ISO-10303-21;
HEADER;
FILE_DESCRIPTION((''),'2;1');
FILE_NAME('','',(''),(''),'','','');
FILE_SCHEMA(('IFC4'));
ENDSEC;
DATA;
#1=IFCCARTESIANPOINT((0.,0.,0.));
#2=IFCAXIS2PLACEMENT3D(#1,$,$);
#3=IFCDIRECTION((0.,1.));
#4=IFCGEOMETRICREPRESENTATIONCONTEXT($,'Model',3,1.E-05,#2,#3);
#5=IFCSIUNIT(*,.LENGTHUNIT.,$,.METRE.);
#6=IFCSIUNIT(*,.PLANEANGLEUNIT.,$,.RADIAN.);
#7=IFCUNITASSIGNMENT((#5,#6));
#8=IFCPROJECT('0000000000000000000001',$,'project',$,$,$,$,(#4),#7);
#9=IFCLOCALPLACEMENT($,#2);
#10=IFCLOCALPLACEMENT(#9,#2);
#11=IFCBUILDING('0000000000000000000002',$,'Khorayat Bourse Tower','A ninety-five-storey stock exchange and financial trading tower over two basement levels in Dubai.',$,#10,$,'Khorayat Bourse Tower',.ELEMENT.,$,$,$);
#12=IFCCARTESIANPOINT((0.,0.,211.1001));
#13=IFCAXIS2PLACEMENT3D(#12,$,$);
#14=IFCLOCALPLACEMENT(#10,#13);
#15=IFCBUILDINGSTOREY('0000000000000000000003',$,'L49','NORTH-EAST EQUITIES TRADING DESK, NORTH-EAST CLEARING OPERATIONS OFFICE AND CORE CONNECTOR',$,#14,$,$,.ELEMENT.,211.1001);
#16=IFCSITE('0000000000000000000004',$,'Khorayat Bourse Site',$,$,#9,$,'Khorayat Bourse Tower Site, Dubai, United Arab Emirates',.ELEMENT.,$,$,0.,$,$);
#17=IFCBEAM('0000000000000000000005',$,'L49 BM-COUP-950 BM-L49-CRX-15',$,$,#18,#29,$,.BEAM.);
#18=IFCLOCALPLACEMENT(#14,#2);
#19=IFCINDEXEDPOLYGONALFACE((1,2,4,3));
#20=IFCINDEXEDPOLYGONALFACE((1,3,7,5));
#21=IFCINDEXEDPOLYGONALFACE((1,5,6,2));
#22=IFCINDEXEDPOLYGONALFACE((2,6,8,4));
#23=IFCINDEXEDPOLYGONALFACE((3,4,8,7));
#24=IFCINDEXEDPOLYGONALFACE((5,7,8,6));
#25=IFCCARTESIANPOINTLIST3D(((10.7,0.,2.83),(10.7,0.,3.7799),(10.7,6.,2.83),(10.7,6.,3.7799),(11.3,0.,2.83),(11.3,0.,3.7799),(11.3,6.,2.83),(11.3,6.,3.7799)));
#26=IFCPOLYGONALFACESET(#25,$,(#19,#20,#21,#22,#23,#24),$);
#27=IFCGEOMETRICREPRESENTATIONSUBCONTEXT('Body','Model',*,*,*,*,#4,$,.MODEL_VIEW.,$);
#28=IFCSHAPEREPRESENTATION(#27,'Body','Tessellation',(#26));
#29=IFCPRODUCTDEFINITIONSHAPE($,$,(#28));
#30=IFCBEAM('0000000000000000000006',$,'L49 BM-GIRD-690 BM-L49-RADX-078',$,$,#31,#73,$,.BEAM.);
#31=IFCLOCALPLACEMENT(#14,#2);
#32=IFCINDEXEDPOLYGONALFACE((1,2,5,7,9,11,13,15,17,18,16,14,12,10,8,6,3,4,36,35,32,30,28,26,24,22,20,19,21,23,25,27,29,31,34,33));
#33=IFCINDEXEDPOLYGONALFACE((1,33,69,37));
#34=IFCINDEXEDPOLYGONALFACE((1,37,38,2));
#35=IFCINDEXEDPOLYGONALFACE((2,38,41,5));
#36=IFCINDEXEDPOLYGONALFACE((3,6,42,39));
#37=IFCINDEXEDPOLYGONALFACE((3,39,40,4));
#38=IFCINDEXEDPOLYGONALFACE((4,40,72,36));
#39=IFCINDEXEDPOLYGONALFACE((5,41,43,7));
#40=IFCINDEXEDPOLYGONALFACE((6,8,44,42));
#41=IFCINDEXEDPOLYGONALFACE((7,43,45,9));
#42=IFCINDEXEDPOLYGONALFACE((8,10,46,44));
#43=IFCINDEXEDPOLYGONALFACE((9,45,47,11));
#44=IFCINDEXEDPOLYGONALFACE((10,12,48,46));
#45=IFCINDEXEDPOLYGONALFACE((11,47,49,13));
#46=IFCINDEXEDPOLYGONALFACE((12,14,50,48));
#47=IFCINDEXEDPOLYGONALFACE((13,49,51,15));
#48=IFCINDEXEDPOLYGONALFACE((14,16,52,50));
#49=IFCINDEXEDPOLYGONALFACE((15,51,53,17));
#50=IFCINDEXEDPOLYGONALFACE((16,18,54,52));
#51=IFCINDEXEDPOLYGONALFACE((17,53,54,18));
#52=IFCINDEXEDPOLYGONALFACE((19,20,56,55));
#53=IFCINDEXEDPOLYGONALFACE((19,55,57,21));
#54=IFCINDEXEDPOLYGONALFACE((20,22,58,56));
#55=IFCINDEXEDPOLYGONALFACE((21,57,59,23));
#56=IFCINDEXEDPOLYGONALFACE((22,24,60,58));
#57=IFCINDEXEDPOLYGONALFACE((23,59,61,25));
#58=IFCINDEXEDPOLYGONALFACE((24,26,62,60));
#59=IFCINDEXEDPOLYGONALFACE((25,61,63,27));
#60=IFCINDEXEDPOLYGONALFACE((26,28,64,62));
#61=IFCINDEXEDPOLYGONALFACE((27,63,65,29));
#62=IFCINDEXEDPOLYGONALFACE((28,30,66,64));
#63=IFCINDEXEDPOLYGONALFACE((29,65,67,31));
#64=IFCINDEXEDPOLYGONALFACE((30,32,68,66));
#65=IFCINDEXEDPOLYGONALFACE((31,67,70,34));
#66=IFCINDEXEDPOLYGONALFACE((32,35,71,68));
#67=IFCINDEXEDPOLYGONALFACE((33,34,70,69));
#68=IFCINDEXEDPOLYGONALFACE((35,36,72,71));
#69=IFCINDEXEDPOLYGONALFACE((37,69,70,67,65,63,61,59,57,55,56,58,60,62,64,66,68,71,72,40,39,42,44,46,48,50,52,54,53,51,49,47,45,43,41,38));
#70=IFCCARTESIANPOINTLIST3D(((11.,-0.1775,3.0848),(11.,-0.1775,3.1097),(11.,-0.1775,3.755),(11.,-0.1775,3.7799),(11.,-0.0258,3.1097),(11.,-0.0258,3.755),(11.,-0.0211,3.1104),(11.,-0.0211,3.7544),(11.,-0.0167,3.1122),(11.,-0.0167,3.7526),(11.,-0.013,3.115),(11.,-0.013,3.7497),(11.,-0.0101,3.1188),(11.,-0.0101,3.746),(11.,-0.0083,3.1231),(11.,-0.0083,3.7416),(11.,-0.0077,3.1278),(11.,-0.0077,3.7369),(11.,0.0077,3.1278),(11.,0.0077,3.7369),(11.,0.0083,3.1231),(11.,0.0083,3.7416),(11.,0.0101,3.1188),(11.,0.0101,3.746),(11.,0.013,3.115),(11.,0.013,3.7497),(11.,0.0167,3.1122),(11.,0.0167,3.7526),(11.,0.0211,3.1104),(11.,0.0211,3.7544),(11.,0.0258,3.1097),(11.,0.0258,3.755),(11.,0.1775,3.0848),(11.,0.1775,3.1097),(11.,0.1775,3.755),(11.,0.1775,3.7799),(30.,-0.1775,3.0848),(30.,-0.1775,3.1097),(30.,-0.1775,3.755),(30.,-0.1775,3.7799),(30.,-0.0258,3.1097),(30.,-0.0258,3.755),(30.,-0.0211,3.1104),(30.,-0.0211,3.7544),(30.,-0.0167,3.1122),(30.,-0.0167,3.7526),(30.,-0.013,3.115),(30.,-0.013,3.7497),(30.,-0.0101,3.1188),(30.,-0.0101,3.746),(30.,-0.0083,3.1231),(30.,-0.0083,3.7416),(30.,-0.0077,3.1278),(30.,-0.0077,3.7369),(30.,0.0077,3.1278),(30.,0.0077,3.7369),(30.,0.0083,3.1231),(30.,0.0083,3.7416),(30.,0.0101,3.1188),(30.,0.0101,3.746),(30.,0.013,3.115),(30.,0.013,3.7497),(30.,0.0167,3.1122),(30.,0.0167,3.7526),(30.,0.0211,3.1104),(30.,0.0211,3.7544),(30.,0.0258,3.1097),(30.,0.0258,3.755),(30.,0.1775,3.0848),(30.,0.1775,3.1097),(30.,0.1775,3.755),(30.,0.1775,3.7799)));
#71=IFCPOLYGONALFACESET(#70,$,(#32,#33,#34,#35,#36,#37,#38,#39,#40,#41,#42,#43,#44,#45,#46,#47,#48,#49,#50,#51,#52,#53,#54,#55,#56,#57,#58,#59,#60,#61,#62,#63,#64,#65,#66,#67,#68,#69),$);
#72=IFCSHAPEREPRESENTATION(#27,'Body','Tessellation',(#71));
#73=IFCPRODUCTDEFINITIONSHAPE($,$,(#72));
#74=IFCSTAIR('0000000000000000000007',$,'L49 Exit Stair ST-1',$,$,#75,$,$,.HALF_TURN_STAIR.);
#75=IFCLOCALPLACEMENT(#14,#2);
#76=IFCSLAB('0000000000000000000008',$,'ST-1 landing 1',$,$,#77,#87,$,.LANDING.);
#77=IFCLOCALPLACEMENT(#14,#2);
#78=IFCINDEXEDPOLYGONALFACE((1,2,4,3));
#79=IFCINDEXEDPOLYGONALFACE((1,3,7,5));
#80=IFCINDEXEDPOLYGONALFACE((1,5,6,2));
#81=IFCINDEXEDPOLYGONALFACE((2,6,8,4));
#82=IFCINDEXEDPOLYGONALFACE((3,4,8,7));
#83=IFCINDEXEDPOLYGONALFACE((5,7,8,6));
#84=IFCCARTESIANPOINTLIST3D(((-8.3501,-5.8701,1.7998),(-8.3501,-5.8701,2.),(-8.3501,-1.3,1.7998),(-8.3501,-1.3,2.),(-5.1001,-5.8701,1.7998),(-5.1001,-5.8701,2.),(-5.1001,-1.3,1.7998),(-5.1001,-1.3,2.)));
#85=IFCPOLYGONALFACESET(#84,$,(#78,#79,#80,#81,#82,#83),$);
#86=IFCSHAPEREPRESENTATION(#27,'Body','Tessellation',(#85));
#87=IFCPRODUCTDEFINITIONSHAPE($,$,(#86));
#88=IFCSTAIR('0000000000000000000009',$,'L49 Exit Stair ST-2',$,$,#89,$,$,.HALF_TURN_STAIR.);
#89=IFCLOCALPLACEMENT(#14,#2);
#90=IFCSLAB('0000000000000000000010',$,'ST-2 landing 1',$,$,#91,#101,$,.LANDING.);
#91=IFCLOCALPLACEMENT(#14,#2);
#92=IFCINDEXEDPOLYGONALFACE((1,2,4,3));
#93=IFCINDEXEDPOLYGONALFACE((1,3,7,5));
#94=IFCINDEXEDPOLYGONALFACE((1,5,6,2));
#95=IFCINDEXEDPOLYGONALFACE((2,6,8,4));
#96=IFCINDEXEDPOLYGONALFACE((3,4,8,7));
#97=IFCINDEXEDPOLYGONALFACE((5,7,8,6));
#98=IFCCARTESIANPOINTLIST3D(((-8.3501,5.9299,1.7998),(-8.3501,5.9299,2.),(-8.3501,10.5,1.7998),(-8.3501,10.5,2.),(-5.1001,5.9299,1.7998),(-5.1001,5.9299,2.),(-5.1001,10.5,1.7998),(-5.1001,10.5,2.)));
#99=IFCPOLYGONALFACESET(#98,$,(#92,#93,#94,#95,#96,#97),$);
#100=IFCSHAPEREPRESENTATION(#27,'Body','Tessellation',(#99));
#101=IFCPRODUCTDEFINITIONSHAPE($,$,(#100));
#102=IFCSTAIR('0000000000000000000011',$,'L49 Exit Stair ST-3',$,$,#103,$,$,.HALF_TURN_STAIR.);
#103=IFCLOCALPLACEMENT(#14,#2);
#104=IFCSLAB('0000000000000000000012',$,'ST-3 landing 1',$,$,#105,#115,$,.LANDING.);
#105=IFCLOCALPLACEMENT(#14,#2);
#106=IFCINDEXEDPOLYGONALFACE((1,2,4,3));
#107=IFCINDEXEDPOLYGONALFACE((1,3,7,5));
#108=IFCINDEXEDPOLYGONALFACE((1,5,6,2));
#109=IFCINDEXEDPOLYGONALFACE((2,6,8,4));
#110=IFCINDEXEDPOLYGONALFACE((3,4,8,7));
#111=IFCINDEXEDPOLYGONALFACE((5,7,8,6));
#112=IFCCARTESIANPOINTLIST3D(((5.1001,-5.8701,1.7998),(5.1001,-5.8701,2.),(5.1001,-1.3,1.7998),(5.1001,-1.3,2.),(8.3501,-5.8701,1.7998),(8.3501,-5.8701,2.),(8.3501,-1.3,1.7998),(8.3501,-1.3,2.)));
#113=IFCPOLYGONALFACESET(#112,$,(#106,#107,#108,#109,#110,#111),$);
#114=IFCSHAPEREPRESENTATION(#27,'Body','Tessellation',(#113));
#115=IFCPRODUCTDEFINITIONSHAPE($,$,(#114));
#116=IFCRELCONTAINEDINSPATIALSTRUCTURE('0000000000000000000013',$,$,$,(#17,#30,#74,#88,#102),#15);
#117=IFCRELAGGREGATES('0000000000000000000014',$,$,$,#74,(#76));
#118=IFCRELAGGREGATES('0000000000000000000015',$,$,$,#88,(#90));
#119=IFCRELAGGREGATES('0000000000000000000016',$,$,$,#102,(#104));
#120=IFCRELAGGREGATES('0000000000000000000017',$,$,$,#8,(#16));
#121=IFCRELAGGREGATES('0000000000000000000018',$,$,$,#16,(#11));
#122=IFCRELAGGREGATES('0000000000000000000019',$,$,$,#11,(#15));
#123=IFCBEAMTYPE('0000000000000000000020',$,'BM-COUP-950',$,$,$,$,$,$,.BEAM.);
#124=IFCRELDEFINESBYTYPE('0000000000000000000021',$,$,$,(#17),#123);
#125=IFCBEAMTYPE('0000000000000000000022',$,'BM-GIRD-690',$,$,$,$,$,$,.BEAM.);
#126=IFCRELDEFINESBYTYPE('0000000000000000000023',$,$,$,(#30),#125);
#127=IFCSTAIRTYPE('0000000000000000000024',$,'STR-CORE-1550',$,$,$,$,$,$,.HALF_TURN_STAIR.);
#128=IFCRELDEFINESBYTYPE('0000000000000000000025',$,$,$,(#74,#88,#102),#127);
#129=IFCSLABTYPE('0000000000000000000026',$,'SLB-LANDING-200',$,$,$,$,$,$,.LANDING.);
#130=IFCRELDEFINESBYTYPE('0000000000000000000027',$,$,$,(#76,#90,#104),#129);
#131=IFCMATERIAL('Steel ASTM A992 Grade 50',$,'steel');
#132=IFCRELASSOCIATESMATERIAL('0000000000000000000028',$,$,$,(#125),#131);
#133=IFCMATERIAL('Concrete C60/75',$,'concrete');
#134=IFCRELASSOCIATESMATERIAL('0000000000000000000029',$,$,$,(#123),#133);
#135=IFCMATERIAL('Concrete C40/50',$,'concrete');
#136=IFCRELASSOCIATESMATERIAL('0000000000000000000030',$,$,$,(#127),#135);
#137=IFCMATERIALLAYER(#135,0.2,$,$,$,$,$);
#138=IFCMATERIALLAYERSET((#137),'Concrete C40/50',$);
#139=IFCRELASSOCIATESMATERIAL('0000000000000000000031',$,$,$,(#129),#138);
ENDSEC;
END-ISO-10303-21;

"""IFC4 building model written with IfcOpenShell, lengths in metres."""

from ifc_helpers import new_model, si_unit, direction, frame, origin, origin_2d, place, context, subcontext, project, spatial, polyline, rectangle, i_section, outline, extrude, source, transform, mapped, material, layer, layer_set, material_profile, profile_set, type_object, element, aggregate, save


model = new_model("IFC4")

# Units and contexts
model_context = context("Model", 3, precision=1e-05, world=origin(), true_north=direction((0.0, 1.0)))
body_context = subcontext(model_context, "Body", "Model", "MODEL_VIEW")
ifc_project = project(units=[si_unit("LENGTHUNIT", "METRE"), si_unit("PLANEANGLEUNIT", "RADIAN")], contexts=[model_context])

# Site, building, storey
site_placement = place(None, origin())
site = spatial("IfcSite", under=ifc_project, at=site_placement, Name="Khorayat Bourse Site", LongName="Khorayat Bourse Tower Site, Dubai, United Arab Emirates", CompositionType="ELEMENT", RefElevation=0.0)
building_placement = place(site_placement, origin())
building = spatial("IfcBuilding", under=site, at=building_placement, Name="Khorayat Bourse Tower", Description="A ninety-five-storey stock exchange and financial trading tower over two basement levels in Dubai.", LongName="Khorayat Bourse Tower", CompositionType="ELEMENT")
storey_placement = place(building_placement, frame((0.0, 0.0, 211.1001)))
storey = spatial("IfcBuildingStorey", under=building, at=storey_placement, Name="L49", Description="NORTH-EAST EQUITIES TRADING DESK, NORTH-EAST CLEARING OPERATIONS OFFICE AND CORE CONNECTOR", CompositionType="ELEMENT", Elevation=211.1001)

# Shared definitions
ifc_material_1 = material(Name="Concrete C60/75", Category="concrete")

# Beams
ifc_material_2 = material(Name="Steel ASTM A992 Grade 50", Category="steel")
ifc_material_profile_1 = material_profile(ifc_material_2, i_section(OverallWidth=0.355, OverallDepth=0.6951, WebThickness=0.0154, FlangeThickness=0.0249, FilletRadius=0.0181, at=origin_2d()), Name="W690X217")
ifc_profile_set_1 = profile_set([ifc_material_profile_1], Name="Steel ASTM A992 Grade 50")
beam_type_1 = type_object("IfcBeamType", Name="BM-GIRD-690", PredefinedType="BEAM", material=ifc_profile_set_1)
ifc_material_profile_2 = material_profile(ifc_material_1, rectangle(XDim=0.6001, YDim=0.95, at=origin_2d()), Name="RC 600x950")
ifc_profile_set_2 = profile_set([ifc_material_profile_2], Name="Concrete C60/75")
beam_type_2 = type_object("IfcBeamType", Name="BM-COUP-950", PredefinedType="BEAM", material=ifc_profile_set_2)
shared_shape_1 = source(origin(), body_context, "Body", "SweptSolid", [
    extrude(rectangle(XDim=0.6001, YDim=0.95, at=origin_2d()), origin(), (0.0, 0.0, 1.0), 6.0),
])
beam_1_placement = place(storey_placement, frame((11.0, 0.0, 3.3049), z_axis=(0.0, 1.0, 0.0), x_axis=(-1.0, 0.0, 0.0)))
element("IfcBeam", 1, at=beam_1_placement, inside=storey, type_object=beam_type_2, Name="L49 BM-COUP-950 BM-L49-CRX-15", PredefinedType="BEAM", context=body_context, shape_type="MappedRepresentation", body=[
    mapped(shared_shape_1, transform((0.0, 0.0, 0.0), scale=1.0)),
])
shared_shape_2 = source(origin(), body_context, "Body", "SweptSolid", [
    extrude(i_section(OverallWidth=0.355, OverallDepth=0.6951, WebThickness=0.0154, FlangeThickness=0.0249, FilletRadius=0.0181, at=origin_2d()), origin(), (0.0, 0.0, 1.0), 19.0),
])
beam_2_placement = place(storey_placement, frame((11.0, 0.0, 3.4324), z_axis=(1.0, 0.0, 0.0), x_axis=(0.0, 1.0, 0.0)))
element("IfcBeam", 2, at=beam_2_placement, inside=storey, type_object=beam_type_1, Name="L49 BM-GIRD-690 BM-L49-RADX-078", PredefinedType="BEAM", context=body_context, shape_type="MappedRepresentation", body=[
    mapped(shared_shape_2, transform((0.0, 0.0, 0.0), scale=1.0)),
])

# Stairs, slabs
ifc_material_3 = material(Name="Concrete C40/50", Category="concrete")
stair_type = type_object("IfcStairType", Name="STR-CORE-1550", PredefinedType="HALF_TURN_STAIR", material=ifc_material_3)
stair_1_placement = place(storey_placement, origin())
stair_1 = element("IfcStair", 3, at=stair_1_placement, inside=storey, type_object=stair_type, Name="L49 Exit Stair ST-1", PredefinedType="HALF_TURN_STAIR")
ifc_layer_1 = layer(ifc_material_3, 0.2)
ifc_layer_set_1 = layer_set([ifc_layer_1], Name="Concrete C40/50")
slab_type_1 = type_object("IfcSlabType", Name="SLB-LANDING-200", PredefinedType="LANDING", material=ifc_layer_set_1)
slab_1_placement = place(storey_placement, frame((0.0, 0.0, 1.7998)))
slab_1 = element("IfcSlab", 4, at=slab_1_placement, type_object=slab_type_1, Name="ST-1 landing 1", PredefinedType="LANDING", context=body_context, shape_type="SweptSolid", body=[
    extrude(outline(polyline([(-5.1001, -5.8701), (-5.1001, -1.3), (-8.3501, -1.3), (-8.3501, -5.8701), (-5.1001, -5.8701)])), origin(), (0.0, 0.0, 1.0), 0.2002),
])
aggregate(stair_1, [slab_1])
stair_2_placement = place(storey_placement, origin())
stair_2 = element("IfcStair", 5, at=stair_2_placement, inside=storey, type_object=stair_type, Name="L49 Exit Stair ST-2", PredefinedType="HALF_TURN_STAIR")
slab_2_placement = place(storey_placement, frame((0.0, 0.0, 1.7998)))
slab_2 = element("IfcSlab", 6, at=slab_2_placement, type_object=slab_type_1, Name="ST-2 landing 1", PredefinedType="LANDING", context=body_context, shape_type="SweptSolid", body=[
    extrude(outline(polyline([(-5.1001, 5.9299), (-5.1001, 10.5), (-8.3501, 10.5), (-8.3501, 5.9299), (-5.1001, 5.9299)])), origin(), (0.0, 0.0, 1.0), 0.2002),
])
aggregate(stair_2, [slab_2])
stair_3_placement = place(storey_placement, origin())
stair_3 = element("IfcStair", 7, at=stair_3_placement, inside=storey, type_object=stair_type, Name="L49 Exit Stair ST-3", PredefinedType="HALF_TURN_STAIR")
slab_3_placement = place(storey_placement, frame((0.0, 0.0, 1.7998)))
slab_3 = element("IfcSlab", 8, at=slab_3_placement, type_object=slab_type_1, Name="ST-3 landing 1", PredefinedType="LANDING", context=body_context, shape_type="SweptSolid", body=[
    extrude(outline(polyline([(8.3501, -5.8701), (8.3501, -1.3), (5.1001, -1.3), (5.1001, -5.8701), (8.3501, -5.8701)])), origin(), (0.0, 0.0, 1.0), 0.2002),
])
aggregate(stair_3, [slab_3])

save(model, "model.ifc")
